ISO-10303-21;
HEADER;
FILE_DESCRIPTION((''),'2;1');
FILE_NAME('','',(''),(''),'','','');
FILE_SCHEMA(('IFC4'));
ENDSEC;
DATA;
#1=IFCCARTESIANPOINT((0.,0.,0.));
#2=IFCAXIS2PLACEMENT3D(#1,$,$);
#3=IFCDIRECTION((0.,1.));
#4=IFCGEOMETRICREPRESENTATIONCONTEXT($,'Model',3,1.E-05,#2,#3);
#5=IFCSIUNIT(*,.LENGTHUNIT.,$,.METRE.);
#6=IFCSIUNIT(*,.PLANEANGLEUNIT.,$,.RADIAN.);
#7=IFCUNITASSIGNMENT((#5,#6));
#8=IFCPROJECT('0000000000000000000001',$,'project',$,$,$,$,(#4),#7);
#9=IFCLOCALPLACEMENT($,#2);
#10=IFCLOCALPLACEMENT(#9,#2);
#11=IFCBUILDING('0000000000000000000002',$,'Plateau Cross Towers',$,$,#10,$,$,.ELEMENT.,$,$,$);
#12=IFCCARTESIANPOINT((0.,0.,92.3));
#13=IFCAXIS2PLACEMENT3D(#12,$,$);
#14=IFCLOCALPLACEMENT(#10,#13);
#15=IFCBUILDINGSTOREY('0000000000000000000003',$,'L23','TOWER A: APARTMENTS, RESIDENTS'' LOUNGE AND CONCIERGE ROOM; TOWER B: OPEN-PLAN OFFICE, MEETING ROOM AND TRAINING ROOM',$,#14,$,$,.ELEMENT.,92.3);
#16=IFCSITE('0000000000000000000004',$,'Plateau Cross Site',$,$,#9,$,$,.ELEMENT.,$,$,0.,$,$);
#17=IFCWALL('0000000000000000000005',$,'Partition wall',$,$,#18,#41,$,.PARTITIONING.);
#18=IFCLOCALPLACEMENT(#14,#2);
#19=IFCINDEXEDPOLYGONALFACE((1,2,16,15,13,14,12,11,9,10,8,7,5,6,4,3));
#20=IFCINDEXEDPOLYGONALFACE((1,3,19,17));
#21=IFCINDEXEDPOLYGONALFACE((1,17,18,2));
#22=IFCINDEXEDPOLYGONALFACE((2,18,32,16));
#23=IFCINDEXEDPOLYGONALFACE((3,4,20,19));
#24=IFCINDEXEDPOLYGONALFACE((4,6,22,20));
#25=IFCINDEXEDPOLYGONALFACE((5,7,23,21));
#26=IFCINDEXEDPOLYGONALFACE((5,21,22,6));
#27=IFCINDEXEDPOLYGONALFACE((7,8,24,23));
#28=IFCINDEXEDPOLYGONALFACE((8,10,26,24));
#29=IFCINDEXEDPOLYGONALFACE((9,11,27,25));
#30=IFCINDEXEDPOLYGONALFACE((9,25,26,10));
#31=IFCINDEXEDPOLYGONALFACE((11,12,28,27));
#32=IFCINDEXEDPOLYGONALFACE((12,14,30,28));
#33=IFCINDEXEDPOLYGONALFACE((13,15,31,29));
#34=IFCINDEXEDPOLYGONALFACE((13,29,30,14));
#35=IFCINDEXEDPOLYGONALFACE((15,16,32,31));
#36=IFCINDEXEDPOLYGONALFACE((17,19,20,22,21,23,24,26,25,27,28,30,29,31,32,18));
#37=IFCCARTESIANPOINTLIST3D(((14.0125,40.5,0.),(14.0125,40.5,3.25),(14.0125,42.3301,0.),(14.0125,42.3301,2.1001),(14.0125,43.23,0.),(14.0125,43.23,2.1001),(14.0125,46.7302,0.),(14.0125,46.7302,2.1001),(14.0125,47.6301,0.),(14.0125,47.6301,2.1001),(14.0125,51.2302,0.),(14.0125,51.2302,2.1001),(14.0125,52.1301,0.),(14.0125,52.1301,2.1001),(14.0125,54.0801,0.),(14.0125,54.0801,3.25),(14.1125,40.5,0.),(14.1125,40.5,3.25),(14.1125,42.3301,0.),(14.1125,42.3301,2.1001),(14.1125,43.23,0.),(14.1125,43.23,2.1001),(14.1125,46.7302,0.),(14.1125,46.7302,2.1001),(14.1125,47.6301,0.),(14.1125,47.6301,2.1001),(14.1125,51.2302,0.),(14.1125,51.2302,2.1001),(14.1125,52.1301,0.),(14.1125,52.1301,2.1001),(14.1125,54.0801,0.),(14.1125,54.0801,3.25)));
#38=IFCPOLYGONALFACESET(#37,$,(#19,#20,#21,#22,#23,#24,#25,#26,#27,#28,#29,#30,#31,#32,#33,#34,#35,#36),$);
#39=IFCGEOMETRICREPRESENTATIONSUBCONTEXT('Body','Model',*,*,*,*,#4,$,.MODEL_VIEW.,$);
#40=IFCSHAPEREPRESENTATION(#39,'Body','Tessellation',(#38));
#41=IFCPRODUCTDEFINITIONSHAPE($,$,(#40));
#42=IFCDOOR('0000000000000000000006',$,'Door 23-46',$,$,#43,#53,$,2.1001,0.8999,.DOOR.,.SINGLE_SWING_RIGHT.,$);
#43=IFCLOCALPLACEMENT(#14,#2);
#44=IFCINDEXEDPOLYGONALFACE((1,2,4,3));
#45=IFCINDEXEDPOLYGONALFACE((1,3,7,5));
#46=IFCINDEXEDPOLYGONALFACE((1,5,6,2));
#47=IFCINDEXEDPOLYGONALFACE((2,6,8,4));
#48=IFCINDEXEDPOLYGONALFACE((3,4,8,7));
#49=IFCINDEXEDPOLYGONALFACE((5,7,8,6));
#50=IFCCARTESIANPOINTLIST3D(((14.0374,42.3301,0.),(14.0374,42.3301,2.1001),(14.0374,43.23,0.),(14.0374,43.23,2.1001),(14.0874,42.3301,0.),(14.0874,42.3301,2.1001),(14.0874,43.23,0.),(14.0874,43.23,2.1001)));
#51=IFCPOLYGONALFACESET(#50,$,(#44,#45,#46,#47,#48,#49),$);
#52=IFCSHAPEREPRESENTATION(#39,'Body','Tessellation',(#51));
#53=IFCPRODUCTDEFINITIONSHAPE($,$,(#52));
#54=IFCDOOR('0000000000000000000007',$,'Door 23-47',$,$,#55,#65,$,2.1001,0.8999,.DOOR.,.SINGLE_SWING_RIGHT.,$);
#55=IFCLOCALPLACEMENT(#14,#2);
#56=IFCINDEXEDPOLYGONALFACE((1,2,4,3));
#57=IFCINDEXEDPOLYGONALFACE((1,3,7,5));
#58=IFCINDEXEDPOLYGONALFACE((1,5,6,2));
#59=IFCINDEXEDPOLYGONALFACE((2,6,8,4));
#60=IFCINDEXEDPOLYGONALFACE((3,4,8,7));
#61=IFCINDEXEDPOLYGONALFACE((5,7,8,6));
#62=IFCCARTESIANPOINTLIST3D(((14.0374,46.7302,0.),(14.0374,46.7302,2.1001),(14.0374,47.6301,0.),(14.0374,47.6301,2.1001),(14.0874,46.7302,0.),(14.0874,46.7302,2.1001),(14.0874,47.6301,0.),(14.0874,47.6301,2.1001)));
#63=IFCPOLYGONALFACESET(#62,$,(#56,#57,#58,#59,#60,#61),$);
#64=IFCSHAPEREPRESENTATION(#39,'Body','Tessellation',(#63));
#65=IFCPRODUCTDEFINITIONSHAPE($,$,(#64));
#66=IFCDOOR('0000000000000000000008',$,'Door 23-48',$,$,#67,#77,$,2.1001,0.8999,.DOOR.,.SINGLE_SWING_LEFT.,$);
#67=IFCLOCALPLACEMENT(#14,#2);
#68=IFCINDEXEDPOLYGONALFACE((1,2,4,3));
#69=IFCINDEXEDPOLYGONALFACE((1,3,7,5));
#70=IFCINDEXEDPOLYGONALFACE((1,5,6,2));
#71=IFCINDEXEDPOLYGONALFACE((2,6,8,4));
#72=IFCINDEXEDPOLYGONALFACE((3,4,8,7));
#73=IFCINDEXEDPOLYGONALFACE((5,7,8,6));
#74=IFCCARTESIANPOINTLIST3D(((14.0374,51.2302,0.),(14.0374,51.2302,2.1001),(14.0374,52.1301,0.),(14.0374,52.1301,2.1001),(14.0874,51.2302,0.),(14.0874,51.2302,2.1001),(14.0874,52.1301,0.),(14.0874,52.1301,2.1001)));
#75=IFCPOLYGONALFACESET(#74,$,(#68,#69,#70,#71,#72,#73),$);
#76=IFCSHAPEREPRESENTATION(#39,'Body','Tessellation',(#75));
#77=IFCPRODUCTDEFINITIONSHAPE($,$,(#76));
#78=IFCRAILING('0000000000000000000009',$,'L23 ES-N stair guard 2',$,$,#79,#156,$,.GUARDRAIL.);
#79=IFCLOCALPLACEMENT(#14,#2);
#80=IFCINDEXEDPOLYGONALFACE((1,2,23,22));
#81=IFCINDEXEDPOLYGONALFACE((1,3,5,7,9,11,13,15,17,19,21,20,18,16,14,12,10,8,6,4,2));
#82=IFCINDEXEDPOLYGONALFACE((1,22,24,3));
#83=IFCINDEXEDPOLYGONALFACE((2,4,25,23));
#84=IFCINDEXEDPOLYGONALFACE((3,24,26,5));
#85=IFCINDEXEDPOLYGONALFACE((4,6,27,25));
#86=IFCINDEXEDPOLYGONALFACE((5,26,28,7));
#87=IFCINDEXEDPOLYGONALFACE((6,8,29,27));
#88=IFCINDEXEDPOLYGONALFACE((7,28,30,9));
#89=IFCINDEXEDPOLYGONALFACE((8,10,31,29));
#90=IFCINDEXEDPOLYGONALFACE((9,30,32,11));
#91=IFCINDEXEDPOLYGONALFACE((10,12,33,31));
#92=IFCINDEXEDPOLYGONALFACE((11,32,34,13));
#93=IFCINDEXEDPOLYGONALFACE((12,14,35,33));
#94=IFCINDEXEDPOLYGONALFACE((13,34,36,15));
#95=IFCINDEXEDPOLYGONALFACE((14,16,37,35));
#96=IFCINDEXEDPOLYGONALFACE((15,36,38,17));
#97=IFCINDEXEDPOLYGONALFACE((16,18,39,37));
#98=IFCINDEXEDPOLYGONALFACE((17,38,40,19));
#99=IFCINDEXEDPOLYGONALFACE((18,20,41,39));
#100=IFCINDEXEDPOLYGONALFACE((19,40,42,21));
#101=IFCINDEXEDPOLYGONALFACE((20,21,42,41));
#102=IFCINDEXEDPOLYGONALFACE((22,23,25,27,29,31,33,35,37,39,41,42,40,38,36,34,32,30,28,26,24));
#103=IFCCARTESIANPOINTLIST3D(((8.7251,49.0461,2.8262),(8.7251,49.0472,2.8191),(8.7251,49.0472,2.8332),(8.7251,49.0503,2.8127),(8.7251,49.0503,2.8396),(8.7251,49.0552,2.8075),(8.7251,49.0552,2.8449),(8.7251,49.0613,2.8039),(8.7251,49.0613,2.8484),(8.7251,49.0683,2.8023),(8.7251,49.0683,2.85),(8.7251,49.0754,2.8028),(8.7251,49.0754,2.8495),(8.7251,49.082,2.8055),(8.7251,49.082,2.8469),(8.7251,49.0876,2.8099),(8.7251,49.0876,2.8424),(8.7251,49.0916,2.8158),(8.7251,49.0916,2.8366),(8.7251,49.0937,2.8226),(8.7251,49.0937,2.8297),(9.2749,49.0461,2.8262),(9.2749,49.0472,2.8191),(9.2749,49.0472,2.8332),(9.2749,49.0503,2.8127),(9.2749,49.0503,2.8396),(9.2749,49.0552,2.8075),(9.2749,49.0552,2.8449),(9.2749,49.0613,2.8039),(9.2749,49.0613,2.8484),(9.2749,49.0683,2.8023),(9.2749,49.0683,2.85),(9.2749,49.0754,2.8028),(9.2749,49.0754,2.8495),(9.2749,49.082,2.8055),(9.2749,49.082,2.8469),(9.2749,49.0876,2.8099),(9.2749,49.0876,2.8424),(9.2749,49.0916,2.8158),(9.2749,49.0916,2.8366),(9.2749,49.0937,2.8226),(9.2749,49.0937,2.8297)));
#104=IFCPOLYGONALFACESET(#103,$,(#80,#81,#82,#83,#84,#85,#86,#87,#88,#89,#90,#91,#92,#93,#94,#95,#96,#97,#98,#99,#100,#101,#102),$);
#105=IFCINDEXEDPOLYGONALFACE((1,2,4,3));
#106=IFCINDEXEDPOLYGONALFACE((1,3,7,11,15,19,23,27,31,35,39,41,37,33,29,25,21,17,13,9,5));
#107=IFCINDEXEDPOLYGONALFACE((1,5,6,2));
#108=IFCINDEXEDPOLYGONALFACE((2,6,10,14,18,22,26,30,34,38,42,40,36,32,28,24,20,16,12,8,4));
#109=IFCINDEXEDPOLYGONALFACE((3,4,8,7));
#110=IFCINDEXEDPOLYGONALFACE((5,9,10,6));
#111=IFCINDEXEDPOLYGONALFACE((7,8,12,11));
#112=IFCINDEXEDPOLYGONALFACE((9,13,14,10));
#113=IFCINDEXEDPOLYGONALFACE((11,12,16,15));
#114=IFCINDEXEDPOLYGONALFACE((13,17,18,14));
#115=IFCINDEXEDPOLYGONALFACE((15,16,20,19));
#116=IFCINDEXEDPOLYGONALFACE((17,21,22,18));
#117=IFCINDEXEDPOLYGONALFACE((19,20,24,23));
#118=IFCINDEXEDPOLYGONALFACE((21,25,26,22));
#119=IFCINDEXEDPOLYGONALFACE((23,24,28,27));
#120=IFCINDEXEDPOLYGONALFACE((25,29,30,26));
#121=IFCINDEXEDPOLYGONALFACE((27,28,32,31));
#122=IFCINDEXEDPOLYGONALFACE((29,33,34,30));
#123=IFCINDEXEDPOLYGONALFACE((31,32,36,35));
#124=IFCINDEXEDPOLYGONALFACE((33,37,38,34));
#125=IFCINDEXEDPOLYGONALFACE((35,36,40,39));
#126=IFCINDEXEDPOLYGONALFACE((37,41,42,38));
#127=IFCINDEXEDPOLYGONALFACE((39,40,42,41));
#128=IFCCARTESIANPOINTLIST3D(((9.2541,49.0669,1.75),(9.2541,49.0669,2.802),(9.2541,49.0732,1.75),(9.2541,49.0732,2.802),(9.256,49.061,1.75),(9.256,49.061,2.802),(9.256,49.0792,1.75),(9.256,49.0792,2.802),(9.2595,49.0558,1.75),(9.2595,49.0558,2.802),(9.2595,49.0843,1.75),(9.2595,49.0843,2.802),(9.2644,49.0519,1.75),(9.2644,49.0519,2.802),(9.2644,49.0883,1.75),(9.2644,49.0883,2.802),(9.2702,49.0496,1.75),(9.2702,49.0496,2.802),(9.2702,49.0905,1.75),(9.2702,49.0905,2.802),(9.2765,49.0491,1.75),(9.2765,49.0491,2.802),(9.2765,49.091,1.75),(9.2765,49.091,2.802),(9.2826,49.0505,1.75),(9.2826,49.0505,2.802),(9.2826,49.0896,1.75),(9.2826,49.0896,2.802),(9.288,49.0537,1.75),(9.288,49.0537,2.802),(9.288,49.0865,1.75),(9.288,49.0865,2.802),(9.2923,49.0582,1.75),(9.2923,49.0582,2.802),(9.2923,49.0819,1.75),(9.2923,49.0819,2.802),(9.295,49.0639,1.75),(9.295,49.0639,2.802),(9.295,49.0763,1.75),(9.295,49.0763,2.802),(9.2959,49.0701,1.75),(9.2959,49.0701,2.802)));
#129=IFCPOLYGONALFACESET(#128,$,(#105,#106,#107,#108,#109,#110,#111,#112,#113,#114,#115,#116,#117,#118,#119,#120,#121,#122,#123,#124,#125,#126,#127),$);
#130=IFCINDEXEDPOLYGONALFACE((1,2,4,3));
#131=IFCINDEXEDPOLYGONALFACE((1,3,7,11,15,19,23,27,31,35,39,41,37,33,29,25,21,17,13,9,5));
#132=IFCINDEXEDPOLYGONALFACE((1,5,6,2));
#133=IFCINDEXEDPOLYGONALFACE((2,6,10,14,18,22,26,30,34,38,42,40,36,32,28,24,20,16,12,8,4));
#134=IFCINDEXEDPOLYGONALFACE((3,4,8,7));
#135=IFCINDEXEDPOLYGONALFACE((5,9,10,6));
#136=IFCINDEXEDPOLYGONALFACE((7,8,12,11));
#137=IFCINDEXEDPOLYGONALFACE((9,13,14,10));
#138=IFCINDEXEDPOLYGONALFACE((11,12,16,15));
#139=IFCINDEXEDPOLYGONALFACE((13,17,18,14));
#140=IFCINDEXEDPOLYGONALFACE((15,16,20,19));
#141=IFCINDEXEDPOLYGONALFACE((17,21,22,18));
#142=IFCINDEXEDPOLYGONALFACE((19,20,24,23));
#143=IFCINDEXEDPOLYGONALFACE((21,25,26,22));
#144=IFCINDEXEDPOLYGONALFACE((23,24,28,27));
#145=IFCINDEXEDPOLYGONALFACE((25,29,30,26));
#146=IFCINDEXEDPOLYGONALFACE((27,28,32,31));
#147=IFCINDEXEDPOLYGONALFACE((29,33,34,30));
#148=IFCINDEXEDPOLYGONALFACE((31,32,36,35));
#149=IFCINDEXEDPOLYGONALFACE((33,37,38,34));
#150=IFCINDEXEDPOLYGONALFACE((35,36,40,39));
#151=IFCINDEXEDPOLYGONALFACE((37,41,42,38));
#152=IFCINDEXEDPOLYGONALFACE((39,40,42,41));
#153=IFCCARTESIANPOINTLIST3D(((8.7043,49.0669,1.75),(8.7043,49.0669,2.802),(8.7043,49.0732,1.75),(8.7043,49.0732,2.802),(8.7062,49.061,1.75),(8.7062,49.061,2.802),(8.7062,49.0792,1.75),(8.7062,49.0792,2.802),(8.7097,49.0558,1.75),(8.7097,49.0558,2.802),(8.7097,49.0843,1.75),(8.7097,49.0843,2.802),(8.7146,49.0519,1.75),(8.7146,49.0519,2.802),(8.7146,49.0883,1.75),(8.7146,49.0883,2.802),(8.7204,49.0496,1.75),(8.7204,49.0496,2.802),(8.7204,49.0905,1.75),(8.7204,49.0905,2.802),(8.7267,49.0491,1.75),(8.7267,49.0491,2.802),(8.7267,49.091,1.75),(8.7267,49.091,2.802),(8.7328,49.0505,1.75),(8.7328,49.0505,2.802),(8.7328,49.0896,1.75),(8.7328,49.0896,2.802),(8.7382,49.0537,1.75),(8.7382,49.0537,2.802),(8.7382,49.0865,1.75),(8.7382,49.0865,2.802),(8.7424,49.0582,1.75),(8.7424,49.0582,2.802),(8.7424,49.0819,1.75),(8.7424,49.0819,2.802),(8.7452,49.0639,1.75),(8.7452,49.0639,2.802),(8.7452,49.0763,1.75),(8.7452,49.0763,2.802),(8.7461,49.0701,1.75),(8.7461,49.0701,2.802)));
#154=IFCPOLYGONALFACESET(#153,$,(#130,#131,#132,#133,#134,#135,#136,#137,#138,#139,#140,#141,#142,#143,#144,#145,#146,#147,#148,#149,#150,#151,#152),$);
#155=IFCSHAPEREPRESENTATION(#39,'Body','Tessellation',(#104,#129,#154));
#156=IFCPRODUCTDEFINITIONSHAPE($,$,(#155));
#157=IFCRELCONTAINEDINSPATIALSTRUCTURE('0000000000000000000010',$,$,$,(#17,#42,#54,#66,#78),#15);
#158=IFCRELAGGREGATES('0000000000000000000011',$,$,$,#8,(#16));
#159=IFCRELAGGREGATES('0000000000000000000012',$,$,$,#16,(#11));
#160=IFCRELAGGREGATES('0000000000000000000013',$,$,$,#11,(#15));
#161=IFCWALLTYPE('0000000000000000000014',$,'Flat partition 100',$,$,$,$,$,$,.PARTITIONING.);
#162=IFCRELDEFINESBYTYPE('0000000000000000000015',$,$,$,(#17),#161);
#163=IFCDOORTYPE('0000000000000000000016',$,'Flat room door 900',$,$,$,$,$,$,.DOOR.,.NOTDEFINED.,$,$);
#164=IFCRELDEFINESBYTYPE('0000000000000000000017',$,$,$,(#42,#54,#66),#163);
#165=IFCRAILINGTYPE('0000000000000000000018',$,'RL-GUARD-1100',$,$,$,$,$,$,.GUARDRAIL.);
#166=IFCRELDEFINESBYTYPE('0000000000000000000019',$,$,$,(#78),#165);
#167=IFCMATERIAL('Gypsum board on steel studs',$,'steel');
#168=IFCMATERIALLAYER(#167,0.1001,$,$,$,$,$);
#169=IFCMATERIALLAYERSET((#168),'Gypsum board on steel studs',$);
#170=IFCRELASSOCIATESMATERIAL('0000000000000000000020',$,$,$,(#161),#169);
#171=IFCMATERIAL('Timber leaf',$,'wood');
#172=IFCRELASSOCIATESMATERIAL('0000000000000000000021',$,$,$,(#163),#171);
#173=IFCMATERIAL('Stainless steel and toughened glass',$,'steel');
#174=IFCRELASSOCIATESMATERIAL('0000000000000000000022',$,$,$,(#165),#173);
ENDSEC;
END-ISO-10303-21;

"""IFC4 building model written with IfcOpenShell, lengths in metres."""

from ifc_helpers import new_model, si_unit, direction, frame, frame_2d, origin, origin_2d, place, context, subcontext, project, spatial, rectangle, circle, extrude, material, layer, layer_set, type_object, element, fill, save


model = new_model("IFC4")

# Units and contexts
model_context = context("Model", 3, precision=1e-05, world=origin(), true_north=direction((0.0, 1.0)))
body_context = subcontext(model_context, "Body", "Model", "MODEL_VIEW")
ifc_project = project(units=[si_unit("LENGTHUNIT", "METRE"), si_unit("PLANEANGLEUNIT", "RADIAN")], contexts=[model_context])

# Site, building, storey
site_placement = place(None, origin())
site = spatial("IfcSite", under=ifc_project, at=site_placement, Name="Plateau Cross Site", CompositionType="ELEMENT", RefElevation=0.0)
building_placement = place(site_placement, origin())
building = spatial("IfcBuilding", under=site, at=building_placement, Name="Plateau Cross Towers", CompositionType="ELEMENT")
storey_placement = place(building_placement, frame((0.0, 0.0, 92.3)))
storey = spatial("IfcBuildingStorey", under=building, at=storey_placement, Name="L23", Description="TOWER A: APARTMENTS, RESIDENTS' LOUNGE AND CONCIERGE ROOM; TOWER B: OPEN-PLAN OFFICE, MEETING ROOM AND TRAINING ROOM", CompositionType="ELEMENT", Elevation=92.3)

# Shared definitions
ifc_material_1 = material(Name="Gypsum board on steel studs", Category="steel")
ifc_layer_1 = layer(ifc_material_1, 0.1001)
ifc_layer_set_1 = layer_set([ifc_layer_1], Name="Gypsum board on steel studs")
wall_type = type_object("IfcWallType", Name="Flat partition 100", PredefinedType="PARTITIONING", material=ifc_layer_set_1)

# Wall, openings, doors
wall_1_placement = place(storey_placement, frame((14.0625, 54.0801, 0.0), z_axis=(0.0, 0.0, 1.0), x_axis=(0.0, -1.0, 0.0)))
wall_1 = element("IfcWall", 1, at=wall_1_placement, inside=storey, type_object=wall_type, Name="Partition wall", PredefinedType="PARTITIONING", context=body_context, shape_type="SweptSolid", body=[
    extrude(rectangle(XDim=13.5801, YDim=0.1001, at=frame_2d((6.79, 0.0))), origin(), (0.0, 0.0, 1.0), 3.25),
])
opening_1_placement = place(wall_1_placement, frame((10.8501, 0.0, 0.0)))
opening_1 = element("IfcOpeningElement", 2, at=opening_1_placement, cuts=wall_1, PredefinedType="OPENING", context=body_context, shape_type="SweptSolid", body=[
    extrude(rectangle(XDim=0.8999, YDim=2.1001, at=frame_2d((0.45, 1.05))), frame((0.0, 0.0601, 0.0), z_axis=(0.0, -1.0, 0.0), x_axis=(1.0, 0.0, 0.0)), (0.0, 0.0, 1.0), 0.1201),
])
opening_2_placement = place(wall_1_placement, frame((6.45, 0.0, 0.0)))
opening_2 = element("IfcOpeningElement", 3, at=opening_2_placement, cuts=wall_1, PredefinedType="OPENING", context=body_context, shape_type="SweptSolid", body=[
    extrude(rectangle(XDim=0.8999, YDim=2.1001, at=frame_2d((0.45, 1.05))), frame((0.0, 0.0601, 0.0), z_axis=(0.0, -1.0, 0.0), x_axis=(1.0, 0.0, 0.0)), (0.0, 0.0, 1.0), 0.1201),
])
opening_3_placement = place(wall_1_placement, frame((1.95, 0.0, 0.0)))
opening_3 = element("IfcOpeningElement", 4, at=opening_3_placement, cuts=wall_1, PredefinedType="OPENING", context=body_context, shape_type="SweptSolid", body=[
    extrude(rectangle(XDim=0.8999, YDim=2.1001, at=frame_2d((0.45, 1.05))), frame((0.0, 0.0601, 0.0), z_axis=(0.0, -1.0, 0.0), x_axis=(1.0, 0.0, 0.0)), (0.0, 0.0, 1.0), 0.1201),
])
ifc_material_2 = material(Name="Timber leaf", Category="wood")
door_type = type_object("IfcDoorType", Name="Flat room door 900", OperationType="NOTDEFINED", PredefinedType="DOOR", material=ifc_material_2)
door_1_placement = place(opening_1_placement, origin())
door_1 = element("IfcDoor", 5, at=door_1_placement, inside=storey, type_object=door_type, Name="Door 23-46", OperationType="SINGLE_SWING_RIGHT", OverallHeight=2.1001, OverallWidth=0.8999, PredefinedType="DOOR", context=body_context, shape_type="SweptSolid", body=[
    extrude(rectangle(XDim=0.8999, YDim=2.1001, at=frame_2d((0.45, 1.05))), frame((0.0, 0.0249, 0.0), z_axis=(0.0, -1.0, 0.0), x_axis=(1.0, 0.0, 0.0)), (0.0, 0.0, 1.0), 0.05),
])
fill(opening_1, door_1)
door_2_placement = place(opening_2_placement, origin())
door_2 = element("IfcDoor", 6, at=door_2_placement, inside=storey, type_object=door_type, Name="Door 23-47", OperationType="SINGLE_SWING_RIGHT", OverallHeight=2.1001, OverallWidth=0.8999, PredefinedType="DOOR", context=body_context, shape_type="SweptSolid", body=[
    extrude(rectangle(XDim=0.8999, YDim=2.1001, at=frame_2d((0.45, 1.05))), frame((0.0, 0.0249, 0.0), z_axis=(0.0, -1.0, 0.0), x_axis=(1.0, 0.0, 0.0)), (0.0, 0.0, 1.0), 0.05),
])
fill(opening_2, door_2)
door_3_placement = place(opening_3_placement, origin())
door_3 = element("IfcDoor", 7, at=door_3_placement, inside=storey, type_object=door_type, Name="Door 23-48", OperationType="SINGLE_SWING_LEFT", OverallHeight=2.1001, OverallWidth=0.8999, PredefinedType="DOOR", context=body_context, shape_type="SweptSolid", body=[
    extrude(rectangle(XDim=0.8999, YDim=2.1001, at=frame_2d((0.45, 1.05))), frame((0.0, 0.0249, 0.0), z_axis=(0.0, -1.0, 0.0), x_axis=(1.0, 0.0, 0.0)), (0.0, 0.0, 1.0), 0.05),
])
fill(opening_3, door_3)

# Railing
ifc_material_3 = material(Name="Stainless steel and toughened glass", Category="steel")
railing_type_1 = type_object("IfcRailingType", Name="RL-GUARD-1100", PredefinedType="GUARDRAIL", material=ifc_material_3)
railing_1_placement = place(storey_placement, frame((9.2749, 49.0701, 1.75)))
element("IfcRailing", 8, at=railing_1_placement, inside=storey, type_object=railing_type_1, Name="L23 ES-N stair guard 2", PredefinedType="GUARDRAIL", context=body_context, shape_type="SweptSolid", body=[
    extrude(circle(Radius=0.0239, at=origin_2d()), frame((0.0, 0.0, 1.0762), z_axis=(-1.0, 0.0, 0.0), x_axis=(0.0, -1.0, 0.0)), (0.0, 0.0, 1.0), 0.5498),
    extrude(circle(Radius=0.021, at=origin_2d()), origin(), (0.0, 0.0, 1.0), 1.052),
    extrude(circle(Radius=0.021, at=origin_2d()), frame((-0.5498, 0.0, 0.0)), (0.0, 0.0, 1.0), 1.052),
])

save(model, "model.ifc")
